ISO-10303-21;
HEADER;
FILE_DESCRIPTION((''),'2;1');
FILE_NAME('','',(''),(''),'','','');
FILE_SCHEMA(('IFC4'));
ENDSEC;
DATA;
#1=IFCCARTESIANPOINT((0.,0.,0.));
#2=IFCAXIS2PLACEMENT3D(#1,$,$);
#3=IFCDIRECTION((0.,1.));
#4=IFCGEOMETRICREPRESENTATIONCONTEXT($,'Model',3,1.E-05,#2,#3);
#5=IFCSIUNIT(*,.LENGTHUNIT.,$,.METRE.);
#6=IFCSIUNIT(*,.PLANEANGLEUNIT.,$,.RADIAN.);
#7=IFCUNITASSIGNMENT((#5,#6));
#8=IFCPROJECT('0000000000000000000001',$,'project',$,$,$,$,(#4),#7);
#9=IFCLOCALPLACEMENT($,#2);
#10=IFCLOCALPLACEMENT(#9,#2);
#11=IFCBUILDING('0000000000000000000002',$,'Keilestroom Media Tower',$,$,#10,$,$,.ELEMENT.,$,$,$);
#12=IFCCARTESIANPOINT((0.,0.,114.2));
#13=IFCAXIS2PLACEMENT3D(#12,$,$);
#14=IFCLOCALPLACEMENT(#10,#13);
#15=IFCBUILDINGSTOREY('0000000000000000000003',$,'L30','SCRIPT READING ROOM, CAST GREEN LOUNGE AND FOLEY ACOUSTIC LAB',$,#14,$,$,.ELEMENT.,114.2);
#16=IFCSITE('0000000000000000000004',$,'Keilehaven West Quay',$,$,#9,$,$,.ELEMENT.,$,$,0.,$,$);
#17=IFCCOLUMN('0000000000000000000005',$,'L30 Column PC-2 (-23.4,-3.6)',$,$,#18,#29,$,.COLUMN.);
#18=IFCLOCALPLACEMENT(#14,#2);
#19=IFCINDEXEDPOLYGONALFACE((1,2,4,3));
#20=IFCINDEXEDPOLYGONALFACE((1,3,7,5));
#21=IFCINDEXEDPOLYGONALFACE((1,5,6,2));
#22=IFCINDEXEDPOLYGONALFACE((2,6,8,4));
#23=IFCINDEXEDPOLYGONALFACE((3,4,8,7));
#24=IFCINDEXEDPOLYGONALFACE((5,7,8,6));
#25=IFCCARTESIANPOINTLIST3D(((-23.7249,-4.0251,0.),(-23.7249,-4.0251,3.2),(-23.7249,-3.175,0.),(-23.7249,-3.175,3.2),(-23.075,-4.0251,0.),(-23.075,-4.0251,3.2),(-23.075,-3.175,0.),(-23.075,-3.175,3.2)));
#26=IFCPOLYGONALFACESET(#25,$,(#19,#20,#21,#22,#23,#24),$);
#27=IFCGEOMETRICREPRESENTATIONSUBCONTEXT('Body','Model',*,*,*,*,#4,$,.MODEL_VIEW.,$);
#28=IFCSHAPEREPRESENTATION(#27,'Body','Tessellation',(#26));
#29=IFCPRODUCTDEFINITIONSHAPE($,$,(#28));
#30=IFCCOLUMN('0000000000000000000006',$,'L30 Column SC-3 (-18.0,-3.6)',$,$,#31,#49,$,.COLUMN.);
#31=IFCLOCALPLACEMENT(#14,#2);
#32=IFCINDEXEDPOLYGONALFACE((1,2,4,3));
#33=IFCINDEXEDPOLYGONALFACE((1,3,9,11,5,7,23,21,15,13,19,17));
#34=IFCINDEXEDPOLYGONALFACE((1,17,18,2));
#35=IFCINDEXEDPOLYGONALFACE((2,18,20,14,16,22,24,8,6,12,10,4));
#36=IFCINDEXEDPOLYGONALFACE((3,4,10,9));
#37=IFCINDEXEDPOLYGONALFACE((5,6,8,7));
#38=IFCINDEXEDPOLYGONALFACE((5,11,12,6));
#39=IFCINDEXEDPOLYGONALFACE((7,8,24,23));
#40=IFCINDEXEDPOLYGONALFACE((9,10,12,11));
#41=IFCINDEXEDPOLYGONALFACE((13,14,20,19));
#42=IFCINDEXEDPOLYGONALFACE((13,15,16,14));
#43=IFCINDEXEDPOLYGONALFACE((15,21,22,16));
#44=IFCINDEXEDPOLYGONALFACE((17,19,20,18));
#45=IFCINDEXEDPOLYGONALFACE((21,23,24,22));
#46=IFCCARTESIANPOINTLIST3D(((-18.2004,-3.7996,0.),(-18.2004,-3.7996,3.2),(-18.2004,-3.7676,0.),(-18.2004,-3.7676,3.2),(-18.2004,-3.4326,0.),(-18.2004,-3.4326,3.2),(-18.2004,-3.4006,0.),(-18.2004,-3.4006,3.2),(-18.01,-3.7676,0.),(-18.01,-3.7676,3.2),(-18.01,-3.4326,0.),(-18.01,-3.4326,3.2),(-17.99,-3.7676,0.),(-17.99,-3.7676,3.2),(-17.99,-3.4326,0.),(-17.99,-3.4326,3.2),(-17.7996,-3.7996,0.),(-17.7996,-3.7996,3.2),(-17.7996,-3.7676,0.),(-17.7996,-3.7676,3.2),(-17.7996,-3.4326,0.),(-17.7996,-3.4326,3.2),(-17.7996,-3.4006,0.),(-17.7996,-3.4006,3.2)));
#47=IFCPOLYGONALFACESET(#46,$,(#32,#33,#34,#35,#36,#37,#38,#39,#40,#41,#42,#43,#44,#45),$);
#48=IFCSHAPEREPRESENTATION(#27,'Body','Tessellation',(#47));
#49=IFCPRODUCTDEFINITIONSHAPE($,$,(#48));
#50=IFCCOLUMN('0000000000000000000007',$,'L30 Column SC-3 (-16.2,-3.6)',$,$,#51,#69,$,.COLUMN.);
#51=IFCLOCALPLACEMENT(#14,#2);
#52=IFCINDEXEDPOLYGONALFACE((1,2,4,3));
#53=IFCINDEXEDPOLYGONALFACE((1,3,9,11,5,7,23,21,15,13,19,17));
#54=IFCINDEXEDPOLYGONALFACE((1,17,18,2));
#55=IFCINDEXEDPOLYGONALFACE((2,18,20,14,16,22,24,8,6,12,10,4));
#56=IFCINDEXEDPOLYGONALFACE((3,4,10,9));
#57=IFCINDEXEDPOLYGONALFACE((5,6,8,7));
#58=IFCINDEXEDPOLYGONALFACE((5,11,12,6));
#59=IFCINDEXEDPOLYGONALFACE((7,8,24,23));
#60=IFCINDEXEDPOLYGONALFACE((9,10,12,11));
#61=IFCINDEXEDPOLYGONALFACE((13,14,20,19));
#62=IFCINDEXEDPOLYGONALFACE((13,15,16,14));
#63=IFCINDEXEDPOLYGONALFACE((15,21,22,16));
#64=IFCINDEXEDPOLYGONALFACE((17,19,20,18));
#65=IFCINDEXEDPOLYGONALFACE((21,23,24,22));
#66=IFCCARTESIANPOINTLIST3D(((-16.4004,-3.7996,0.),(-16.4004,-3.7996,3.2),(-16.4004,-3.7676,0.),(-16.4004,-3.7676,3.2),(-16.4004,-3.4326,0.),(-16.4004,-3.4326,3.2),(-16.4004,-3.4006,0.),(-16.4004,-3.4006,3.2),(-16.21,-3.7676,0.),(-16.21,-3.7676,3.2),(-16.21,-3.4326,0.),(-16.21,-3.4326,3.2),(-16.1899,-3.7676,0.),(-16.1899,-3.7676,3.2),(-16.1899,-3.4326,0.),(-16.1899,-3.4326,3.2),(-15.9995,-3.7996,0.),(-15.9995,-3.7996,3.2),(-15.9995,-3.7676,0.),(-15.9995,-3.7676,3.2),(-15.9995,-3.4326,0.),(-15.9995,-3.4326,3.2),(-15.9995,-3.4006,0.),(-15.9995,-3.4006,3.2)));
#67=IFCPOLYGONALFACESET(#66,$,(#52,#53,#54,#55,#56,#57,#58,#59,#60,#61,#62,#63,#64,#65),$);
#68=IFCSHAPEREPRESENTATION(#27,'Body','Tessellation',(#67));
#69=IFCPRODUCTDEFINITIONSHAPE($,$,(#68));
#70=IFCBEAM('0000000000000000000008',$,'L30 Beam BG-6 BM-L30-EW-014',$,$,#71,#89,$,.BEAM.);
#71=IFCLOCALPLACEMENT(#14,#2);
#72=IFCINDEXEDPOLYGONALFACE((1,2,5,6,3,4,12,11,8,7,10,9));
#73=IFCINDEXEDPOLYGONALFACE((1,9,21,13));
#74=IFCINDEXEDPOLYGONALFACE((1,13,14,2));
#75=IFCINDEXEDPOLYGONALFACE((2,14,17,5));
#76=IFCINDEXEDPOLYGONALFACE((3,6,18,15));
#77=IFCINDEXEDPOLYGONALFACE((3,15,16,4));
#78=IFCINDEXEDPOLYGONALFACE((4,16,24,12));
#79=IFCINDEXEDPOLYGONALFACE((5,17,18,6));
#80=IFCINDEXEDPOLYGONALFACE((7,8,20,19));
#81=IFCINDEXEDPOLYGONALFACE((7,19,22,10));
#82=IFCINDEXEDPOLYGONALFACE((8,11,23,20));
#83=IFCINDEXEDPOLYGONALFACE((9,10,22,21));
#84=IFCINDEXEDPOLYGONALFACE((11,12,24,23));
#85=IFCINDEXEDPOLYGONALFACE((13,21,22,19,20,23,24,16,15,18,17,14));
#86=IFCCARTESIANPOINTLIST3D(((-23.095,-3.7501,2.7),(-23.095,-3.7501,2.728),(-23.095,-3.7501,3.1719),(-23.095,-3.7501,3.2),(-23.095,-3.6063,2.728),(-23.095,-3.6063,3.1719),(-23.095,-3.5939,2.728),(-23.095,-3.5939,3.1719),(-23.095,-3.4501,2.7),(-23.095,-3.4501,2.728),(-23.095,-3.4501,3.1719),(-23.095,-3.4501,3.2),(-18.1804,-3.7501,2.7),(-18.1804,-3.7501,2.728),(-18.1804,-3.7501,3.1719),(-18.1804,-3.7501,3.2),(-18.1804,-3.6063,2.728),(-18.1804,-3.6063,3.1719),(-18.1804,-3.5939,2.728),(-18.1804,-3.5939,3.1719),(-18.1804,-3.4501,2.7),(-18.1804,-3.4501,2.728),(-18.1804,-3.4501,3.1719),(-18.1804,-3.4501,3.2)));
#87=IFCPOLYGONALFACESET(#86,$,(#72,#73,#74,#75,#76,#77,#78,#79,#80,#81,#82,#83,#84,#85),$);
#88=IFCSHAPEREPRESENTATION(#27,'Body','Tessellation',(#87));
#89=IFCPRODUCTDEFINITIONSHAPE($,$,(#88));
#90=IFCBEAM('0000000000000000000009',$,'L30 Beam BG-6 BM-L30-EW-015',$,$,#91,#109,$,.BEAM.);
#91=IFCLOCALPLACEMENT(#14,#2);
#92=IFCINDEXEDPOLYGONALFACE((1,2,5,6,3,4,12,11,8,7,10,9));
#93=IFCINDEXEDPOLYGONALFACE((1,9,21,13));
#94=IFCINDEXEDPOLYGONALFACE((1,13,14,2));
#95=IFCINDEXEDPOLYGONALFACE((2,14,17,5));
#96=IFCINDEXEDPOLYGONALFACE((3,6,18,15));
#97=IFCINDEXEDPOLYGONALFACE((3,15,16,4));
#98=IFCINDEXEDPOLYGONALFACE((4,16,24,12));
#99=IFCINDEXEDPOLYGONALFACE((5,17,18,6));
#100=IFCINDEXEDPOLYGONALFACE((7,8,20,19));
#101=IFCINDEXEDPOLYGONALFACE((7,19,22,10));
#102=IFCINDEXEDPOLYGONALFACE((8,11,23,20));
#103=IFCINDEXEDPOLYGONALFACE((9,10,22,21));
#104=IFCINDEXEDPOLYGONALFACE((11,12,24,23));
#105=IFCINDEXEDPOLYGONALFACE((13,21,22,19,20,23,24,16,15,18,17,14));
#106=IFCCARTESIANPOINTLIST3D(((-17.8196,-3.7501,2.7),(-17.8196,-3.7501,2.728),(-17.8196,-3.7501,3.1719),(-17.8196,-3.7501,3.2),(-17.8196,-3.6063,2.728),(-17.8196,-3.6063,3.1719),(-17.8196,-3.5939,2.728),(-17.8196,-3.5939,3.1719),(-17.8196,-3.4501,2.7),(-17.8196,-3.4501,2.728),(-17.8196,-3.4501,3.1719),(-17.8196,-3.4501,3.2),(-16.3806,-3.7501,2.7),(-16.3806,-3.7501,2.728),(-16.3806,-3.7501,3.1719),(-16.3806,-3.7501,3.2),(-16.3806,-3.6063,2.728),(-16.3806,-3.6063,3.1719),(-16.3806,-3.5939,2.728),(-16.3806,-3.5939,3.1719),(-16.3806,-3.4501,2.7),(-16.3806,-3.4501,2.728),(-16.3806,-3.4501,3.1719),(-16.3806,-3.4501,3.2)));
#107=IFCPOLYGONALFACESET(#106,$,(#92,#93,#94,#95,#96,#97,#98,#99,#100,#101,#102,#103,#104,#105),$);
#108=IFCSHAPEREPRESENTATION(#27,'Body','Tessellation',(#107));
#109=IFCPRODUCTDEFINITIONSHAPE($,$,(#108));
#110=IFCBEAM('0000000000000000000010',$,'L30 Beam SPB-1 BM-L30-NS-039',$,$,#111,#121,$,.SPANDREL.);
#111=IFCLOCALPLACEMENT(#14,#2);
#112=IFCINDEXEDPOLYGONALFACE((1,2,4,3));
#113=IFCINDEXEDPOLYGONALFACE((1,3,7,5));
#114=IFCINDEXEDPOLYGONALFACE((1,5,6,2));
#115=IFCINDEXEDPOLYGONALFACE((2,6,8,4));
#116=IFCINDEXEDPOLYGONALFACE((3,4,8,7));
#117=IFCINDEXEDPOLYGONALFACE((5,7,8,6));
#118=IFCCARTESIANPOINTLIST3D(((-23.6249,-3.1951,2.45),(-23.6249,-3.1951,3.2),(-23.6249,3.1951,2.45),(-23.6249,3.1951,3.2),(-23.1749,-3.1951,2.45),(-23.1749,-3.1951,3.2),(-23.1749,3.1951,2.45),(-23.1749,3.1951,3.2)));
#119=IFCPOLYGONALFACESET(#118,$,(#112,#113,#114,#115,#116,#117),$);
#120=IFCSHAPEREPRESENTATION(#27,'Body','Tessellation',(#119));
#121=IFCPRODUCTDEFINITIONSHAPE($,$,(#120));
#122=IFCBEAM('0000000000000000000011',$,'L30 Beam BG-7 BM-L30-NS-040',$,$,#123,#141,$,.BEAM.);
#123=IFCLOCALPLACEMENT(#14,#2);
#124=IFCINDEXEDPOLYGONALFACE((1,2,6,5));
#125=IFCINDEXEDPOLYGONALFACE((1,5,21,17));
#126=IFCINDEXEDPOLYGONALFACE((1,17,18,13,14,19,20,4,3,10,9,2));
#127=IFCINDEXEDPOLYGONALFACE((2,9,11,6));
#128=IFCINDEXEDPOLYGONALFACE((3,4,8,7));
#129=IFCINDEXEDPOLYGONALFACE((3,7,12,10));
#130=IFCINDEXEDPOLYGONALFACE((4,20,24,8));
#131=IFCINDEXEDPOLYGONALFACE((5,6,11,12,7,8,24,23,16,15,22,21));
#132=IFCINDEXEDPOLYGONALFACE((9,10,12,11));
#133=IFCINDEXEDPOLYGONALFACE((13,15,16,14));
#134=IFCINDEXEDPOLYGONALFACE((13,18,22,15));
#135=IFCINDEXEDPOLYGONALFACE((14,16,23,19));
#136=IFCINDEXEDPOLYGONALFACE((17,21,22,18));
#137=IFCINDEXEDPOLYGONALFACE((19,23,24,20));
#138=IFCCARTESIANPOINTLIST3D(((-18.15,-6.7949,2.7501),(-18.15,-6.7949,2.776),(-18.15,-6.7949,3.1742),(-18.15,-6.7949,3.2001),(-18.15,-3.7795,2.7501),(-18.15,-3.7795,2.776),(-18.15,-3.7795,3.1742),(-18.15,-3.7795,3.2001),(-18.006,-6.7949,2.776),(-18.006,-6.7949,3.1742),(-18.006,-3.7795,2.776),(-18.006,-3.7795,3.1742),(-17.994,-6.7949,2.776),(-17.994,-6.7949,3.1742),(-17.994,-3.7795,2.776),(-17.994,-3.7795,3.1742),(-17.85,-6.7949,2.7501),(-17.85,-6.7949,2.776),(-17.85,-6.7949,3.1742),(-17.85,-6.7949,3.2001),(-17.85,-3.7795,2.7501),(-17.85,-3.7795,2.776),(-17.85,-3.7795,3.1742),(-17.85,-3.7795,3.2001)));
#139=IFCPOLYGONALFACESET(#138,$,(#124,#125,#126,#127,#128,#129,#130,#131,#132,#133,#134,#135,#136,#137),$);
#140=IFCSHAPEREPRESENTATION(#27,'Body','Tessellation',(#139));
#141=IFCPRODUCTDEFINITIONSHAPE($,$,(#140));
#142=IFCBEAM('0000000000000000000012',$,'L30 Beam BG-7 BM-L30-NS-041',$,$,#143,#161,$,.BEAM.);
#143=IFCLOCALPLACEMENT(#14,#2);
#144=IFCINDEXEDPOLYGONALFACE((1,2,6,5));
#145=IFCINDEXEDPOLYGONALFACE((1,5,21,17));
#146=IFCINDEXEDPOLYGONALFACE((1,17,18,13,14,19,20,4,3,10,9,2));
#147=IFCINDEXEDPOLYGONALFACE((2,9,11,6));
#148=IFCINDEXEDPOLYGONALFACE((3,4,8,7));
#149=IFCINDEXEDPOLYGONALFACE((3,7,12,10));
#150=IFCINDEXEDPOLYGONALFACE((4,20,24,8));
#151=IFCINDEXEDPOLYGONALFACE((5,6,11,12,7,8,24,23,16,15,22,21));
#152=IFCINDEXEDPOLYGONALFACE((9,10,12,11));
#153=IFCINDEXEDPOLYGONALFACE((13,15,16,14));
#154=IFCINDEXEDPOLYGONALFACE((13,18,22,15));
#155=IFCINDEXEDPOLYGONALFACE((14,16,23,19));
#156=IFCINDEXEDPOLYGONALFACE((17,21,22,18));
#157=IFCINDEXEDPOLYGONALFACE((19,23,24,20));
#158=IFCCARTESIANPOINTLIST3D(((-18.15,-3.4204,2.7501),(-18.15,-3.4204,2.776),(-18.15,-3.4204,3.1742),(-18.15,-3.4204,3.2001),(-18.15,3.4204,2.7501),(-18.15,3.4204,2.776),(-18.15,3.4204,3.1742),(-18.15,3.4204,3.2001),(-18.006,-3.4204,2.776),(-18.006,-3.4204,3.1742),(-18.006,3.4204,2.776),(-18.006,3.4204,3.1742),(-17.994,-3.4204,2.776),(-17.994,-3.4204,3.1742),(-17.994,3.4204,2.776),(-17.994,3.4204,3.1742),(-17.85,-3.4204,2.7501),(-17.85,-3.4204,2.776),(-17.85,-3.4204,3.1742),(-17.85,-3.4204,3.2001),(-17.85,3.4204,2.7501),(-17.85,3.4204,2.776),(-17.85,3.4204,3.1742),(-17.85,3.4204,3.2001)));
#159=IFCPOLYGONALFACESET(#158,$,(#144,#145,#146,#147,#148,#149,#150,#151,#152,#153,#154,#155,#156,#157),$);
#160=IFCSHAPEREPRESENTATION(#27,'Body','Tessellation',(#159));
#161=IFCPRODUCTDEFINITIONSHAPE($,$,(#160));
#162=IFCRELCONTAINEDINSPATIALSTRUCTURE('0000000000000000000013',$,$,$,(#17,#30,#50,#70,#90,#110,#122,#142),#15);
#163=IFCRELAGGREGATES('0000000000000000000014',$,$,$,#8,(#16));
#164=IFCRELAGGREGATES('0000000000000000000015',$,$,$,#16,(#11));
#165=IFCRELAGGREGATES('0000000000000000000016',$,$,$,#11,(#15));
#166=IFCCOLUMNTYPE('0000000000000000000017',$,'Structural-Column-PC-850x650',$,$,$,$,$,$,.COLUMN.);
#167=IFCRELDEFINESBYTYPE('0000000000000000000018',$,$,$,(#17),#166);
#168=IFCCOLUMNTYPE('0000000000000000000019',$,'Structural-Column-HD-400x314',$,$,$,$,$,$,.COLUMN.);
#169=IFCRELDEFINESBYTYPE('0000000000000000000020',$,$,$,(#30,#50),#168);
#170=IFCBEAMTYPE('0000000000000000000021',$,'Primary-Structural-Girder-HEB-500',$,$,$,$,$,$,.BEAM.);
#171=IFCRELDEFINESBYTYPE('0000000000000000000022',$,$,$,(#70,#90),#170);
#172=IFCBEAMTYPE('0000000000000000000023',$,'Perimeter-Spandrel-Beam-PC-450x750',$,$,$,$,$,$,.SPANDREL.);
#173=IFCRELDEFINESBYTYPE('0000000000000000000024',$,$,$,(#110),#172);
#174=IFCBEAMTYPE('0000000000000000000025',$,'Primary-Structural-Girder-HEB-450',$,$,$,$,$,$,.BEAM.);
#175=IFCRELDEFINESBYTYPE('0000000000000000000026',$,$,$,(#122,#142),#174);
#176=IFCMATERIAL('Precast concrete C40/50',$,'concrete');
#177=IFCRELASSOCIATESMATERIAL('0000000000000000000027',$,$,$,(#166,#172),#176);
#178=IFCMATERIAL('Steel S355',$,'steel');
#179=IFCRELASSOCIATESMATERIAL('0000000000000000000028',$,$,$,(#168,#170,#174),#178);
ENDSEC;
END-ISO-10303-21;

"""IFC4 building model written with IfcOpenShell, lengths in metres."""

from ifc_helpers import new_model, si_unit, direction, frame, origin, origin_2d, place, context, subcontext, project, spatial, rectangle, i_section, extrude, source, transform, mapped, material, material_profile, profile_set, type_object, element, save


model = new_model("IFC4")

# Units and contexts
model_context = context("Model", 3, precision=1e-05, world=origin(), true_north=direction((0.0, 1.0)))
body_context = subcontext(model_context, "Body", "Model", "MODEL_VIEW")
ifc_project = project(units=[si_unit("LENGTHUNIT", "METRE"), si_unit("PLANEANGLEUNIT", "RADIAN")], contexts=[model_context])

# Site, building, storey
site_placement = place(None, origin())
site = spatial("IfcSite", under=ifc_project, at=site_placement, Name="Keilehaven West Quay", CompositionType="ELEMENT", RefElevation=0.0)
building_placement = place(site_placement, origin())
building = spatial("IfcBuilding", under=site, at=building_placement, Name="Keilestroom Media Tower", CompositionType="ELEMENT")
storey_placement = place(building_placement, frame((0.0, 0.0, 114.2)))
storey = spatial("IfcBuildingStorey", under=building, at=storey_placement, Name="L30", Description="SCRIPT READING ROOM, CAST GREEN LOUNGE AND FOLEY ACOUSTIC LAB", CompositionType="ELEMENT", Elevation=114.2)

# Columns
ifc_material_1 = material(Name="Precast concrete C40/50", Category="concrete")
ifc_material_profile_1 = material_profile(ifc_material_1, rectangle(XDim=0.6499, YDim=0.8501, at=origin_2d()), Name="PC 850x650")
ifc_profile_set_1 = profile_set([ifc_material_profile_1], Name="Precast concrete C40/50")
column_type_1 = type_object("IfcColumnType", Name="Structural-Column-PC-850x650", PredefinedType="COLUMN", material=ifc_profile_set_1)
shared_shape_1 = source(origin(), body_context, "Body", "SweptSolid", [
    extrude(rectangle(XDim=0.6499, YDim=0.8501, at=origin_2d()), origin(), (0.0, 0.0, 1.0), 3.2),
])
column_placement = place(storey_placement, frame((-23.3999, -3.6001, 0.0), z_axis=(0.0, 0.0, 1.0), x_axis=(1.0, 0.0, 0.0)))
element("IfcColumn", 1, at=column_placement, inside=storey, type_object=column_type_1, Name="L30 Column PC-2 (-23.4,-3.6)", PredefinedType="COLUMN", context=body_context, shape_type="MappedRepresentation", body=[
    mapped(shared_shape_1, transform((0.0, 0.0, 0.0), x_axis=(1.0, 0.0, 0.0), y_axis=(0.0, 1.0, 0.0), z_axis=(0.0, 0.0, 1.0), scale=1.0)),
])
ifc_material_2 = material(Name="Steel S355", Category="steel")
ifc_material_profile_2 = material_profile(ifc_material_2, i_section(OverallWidth=0.4009, OverallDepth=0.3989, WebThickness=0.02, FlangeThickness=0.032, at=origin_2d()), Name="HD 400x314")
ifc_profile_set_2 = profile_set([ifc_material_profile_2], Name="Steel S355")
column_type_2 = type_object("IfcColumnType", Name="Structural-Column-HD-400x314", PredefinedType="COLUMN", material=ifc_profile_set_2)
shared_shape_2 = source(origin(), body_context, "Body", "SweptSolid", [
    extrude(i_section(OverallWidth=0.4009, OverallDepth=0.3989, WebThickness=0.02, FlangeThickness=0.032, at=origin_2d()), origin(), (0.0, 0.0, 1.0), 3.2),
])
for number, where, z_axis, x_axis, name in (
    (2, (-18.0, -3.6001, 0.0), (0.0, 0.0, 1.0), (1.0, 0.0, 0.0), "L30 Column SC-3 (-18.0,-3.6)"),
    (3, (-16.2, -3.6001, 0.0), (0.0, 0.0, 1.0), (1.0, 0.0, 0.0), "L30 Column SC-3 (-16.2,-3.6)"),
):
    element("IfcColumn", number, at=place(storey_placement, frame(where, z_axis=z_axis, x_axis=x_axis)), inside=storey, type_object=column_type_2, Name=name, PredefinedType="COLUMN", context=body_context, shape_type="MappedRepresentation", body=[
        mapped(shared_shape_2, transform((0.0, 0.0, 0.0), x_axis=(1.0, 0.0, 0.0), y_axis=(0.0, 1.0, 0.0), z_axis=(0.0, 0.0, 1.0), scale=1.0)),
    ])

# Beams
ifc_material_profile_3 = material_profile(ifc_material_2, i_section(OverallWidth=0.3, OverallDepth=0.5, WebThickness=0.0125, FlangeThickness=0.0281, at=origin_2d()), Name="HEB 500")
ifc_profile_set_3 = profile_set([ifc_material_profile_3], Name="Steel S355")
beam_type_1 = type_object("IfcBeamType", Name="Primary-Structural-Girder-HEB-500", PredefinedType="BEAM", material=ifc_profile_set_3)
shared_shape_3 = source(origin(), body_context, "Body", "SweptSolid", [
    extrude(i_section(OverallWidth=0.3, OverallDepth=0.5, WebThickness=0.0125, FlangeThickness=0.0281, at=origin_2d()), origin(), (0.0, 0.0, 1.0), 4.9146),
])
beam_1_placement = place(storey_placement, frame((-23.095, -3.6001, 2.95), z_axis=(1.0, 0.0, 0.0), x_axis=(0.0, 1.0, 0.0)))
element("IfcBeam", 4, at=beam_1_placement, inside=storey, type_object=beam_type_1, Name="L30 Beam BG-6 BM-L30-EW-014", PredefinedType="BEAM", context=body_context, shape_type="MappedRepresentation", body=[
    mapped(shared_shape_3, transform((0.0, 0.0, 0.0), x_axis=(1.0, 0.0, 0.0), y_axis=(0.0, 1.0, 0.0), z_axis=(0.0, 0.0, 1.0), scale=1.0)),
])
shared_shape_4 = source(origin(), body_context, "Body", "SweptSolid", [
    extrude(i_section(OverallWidth=0.3, OverallDepth=0.5, WebThickness=0.0125, FlangeThickness=0.0281, at=origin_2d()), origin(), (0.0, 0.0, 1.0), 1.439),
])
beam_2_placement = place(storey_placement, frame((-17.8196, -3.6001, 2.95), z_axis=(1.0, 0.0, 0.0), x_axis=(0.0, 1.0, 0.0)))
element("IfcBeam", 5, at=beam_2_placement, inside=storey, type_object=beam_type_1, Name="L30 Beam BG-6 BM-L30-EW-015", PredefinedType="BEAM", context=body_context, shape_type="MappedRepresentation", body=[
    mapped(shared_shape_4, transform((0.0, 0.0, 0.0), x_axis=(1.0, 0.0, 0.0), y_axis=(0.0, 1.0, 0.0), z_axis=(0.0, 0.0, 1.0), scale=1.0)),
])
ifc_material_profile_4 = material_profile(ifc_material_1, rectangle(XDim=0.45, YDim=0.75, at=origin_2d()), Name="PC 450x750")
ifc_profile_set_4 = profile_set([ifc_material_profile_4], Name="Precast concrete C40/50")
beam_type_2 = type_object("IfcBeamType", Name="Perimeter-Spandrel-Beam-PC-450x750", PredefinedType="SPANDREL", material=ifc_profile_set_4)
shared_shape_5 = source(origin(), body_context, "Body", "SweptSolid", [
    extrude(rectangle(XDim=0.45, YDim=0.75, at=origin_2d()), origin(), (0.0, 0.0, 1.0), 6.3901),
])
beam_3_placement = place(storey_placement, frame((-23.3999, -3.1951, 2.825), z_axis=(0.0, 1.0, 0.0), x_axis=(-1.0, 0.0, 0.0)))
element("IfcBeam", 6, at=beam_3_placement, inside=storey, type_object=beam_type_2, Name="L30 Beam SPB-1 BM-L30-NS-039", PredefinedType="SPANDREL", context=body_context, shape_type="MappedRepresentation", body=[
    mapped(shared_shape_5, transform((0.0, 0.0, 0.0), x_axis=(1.0, 0.0, 0.0), y_axis=(0.0, 1.0, 0.0), z_axis=(0.0, 0.0, 1.0), scale=1.0)),
])
ifc_material_profile_5 = material_profile(ifc_material_2, i_section(OverallWidth=0.3, OverallDepth=0.45, WebThickness=0.012, FlangeThickness=0.0259, at=origin_2d()), Name="HEB 450")
ifc_profile_set_5 = profile_set([ifc_material_profile_5], Name="Steel S355")
beam_type_3 = type_object("IfcBeamType", Name="Primary-Structural-Girder-HEB-450", PredefinedType="BEAM", material=ifc_profile_set_5)
shared_shape_6 = source(origin(), body_context, "Body", "SweptSolid", [
    extrude(i_section(OverallWidth=0.3, OverallDepth=0.45, WebThickness=0.012, FlangeThickness=0.0259, at=origin_2d()), origin(), (0.0, 0.0, 1.0), 3.0154),
])
beam_4_placement = place(storey_placement, frame((-18.0, -6.7949, 2.9751), z_axis=(0.0, 1.0, 0.0), x_axis=(-1.0, 0.0, 0.0)))
element("IfcBeam", 7, at=beam_4_placement, inside=storey, type_object=beam_type_3, Name="L30 Beam BG-7 BM-L30-NS-040", PredefinedType="BEAM", context=body_context, shape_type="MappedRepresentation", body=[
    mapped(shared_shape_6, transform((0.0, 0.0, 0.0), x_axis=(1.0, 0.0, 0.0), y_axis=(0.0, 1.0, 0.0), z_axis=(0.0, 0.0, 1.0), scale=1.0)),
])
shared_shape_7 = source(origin(), body_context, "Body", "SweptSolid", [
    extrude(i_section(OverallWidth=0.3, OverallDepth=0.45, WebThickness=0.012, FlangeThickness=0.0259, at=origin_2d()), origin(), (0.0, 0.0, 1.0), 6.8408),
])
for number, where, z_axis, x_axis, name in (
    (8, (-18.0, -3.4204, 2.9751), (0.0, 1.0, 0.0), (-1.0, 0.0, 0.0), "L30 Beam BG-7 BM-L30-NS-041"),
):
    element("IfcBeam", number, at=place(storey_placement, frame(where, z_axis=z_axis, x_axis=x_axis)), inside=storey, type_object=beam_type_3, Name=name, PredefinedType="BEAM", context=body_context, shape_type="MappedRepresentation", body=[
        mapped(shared_shape_7, transform((0.0, 0.0, 0.0), x_axis=(1.0, 0.0, 0.0), y_axis=(0.0, 1.0, 0.0), z_axis=(0.0, 0.0, 1.0), scale=1.0)),
    ])

save(model, "model.ifc")
